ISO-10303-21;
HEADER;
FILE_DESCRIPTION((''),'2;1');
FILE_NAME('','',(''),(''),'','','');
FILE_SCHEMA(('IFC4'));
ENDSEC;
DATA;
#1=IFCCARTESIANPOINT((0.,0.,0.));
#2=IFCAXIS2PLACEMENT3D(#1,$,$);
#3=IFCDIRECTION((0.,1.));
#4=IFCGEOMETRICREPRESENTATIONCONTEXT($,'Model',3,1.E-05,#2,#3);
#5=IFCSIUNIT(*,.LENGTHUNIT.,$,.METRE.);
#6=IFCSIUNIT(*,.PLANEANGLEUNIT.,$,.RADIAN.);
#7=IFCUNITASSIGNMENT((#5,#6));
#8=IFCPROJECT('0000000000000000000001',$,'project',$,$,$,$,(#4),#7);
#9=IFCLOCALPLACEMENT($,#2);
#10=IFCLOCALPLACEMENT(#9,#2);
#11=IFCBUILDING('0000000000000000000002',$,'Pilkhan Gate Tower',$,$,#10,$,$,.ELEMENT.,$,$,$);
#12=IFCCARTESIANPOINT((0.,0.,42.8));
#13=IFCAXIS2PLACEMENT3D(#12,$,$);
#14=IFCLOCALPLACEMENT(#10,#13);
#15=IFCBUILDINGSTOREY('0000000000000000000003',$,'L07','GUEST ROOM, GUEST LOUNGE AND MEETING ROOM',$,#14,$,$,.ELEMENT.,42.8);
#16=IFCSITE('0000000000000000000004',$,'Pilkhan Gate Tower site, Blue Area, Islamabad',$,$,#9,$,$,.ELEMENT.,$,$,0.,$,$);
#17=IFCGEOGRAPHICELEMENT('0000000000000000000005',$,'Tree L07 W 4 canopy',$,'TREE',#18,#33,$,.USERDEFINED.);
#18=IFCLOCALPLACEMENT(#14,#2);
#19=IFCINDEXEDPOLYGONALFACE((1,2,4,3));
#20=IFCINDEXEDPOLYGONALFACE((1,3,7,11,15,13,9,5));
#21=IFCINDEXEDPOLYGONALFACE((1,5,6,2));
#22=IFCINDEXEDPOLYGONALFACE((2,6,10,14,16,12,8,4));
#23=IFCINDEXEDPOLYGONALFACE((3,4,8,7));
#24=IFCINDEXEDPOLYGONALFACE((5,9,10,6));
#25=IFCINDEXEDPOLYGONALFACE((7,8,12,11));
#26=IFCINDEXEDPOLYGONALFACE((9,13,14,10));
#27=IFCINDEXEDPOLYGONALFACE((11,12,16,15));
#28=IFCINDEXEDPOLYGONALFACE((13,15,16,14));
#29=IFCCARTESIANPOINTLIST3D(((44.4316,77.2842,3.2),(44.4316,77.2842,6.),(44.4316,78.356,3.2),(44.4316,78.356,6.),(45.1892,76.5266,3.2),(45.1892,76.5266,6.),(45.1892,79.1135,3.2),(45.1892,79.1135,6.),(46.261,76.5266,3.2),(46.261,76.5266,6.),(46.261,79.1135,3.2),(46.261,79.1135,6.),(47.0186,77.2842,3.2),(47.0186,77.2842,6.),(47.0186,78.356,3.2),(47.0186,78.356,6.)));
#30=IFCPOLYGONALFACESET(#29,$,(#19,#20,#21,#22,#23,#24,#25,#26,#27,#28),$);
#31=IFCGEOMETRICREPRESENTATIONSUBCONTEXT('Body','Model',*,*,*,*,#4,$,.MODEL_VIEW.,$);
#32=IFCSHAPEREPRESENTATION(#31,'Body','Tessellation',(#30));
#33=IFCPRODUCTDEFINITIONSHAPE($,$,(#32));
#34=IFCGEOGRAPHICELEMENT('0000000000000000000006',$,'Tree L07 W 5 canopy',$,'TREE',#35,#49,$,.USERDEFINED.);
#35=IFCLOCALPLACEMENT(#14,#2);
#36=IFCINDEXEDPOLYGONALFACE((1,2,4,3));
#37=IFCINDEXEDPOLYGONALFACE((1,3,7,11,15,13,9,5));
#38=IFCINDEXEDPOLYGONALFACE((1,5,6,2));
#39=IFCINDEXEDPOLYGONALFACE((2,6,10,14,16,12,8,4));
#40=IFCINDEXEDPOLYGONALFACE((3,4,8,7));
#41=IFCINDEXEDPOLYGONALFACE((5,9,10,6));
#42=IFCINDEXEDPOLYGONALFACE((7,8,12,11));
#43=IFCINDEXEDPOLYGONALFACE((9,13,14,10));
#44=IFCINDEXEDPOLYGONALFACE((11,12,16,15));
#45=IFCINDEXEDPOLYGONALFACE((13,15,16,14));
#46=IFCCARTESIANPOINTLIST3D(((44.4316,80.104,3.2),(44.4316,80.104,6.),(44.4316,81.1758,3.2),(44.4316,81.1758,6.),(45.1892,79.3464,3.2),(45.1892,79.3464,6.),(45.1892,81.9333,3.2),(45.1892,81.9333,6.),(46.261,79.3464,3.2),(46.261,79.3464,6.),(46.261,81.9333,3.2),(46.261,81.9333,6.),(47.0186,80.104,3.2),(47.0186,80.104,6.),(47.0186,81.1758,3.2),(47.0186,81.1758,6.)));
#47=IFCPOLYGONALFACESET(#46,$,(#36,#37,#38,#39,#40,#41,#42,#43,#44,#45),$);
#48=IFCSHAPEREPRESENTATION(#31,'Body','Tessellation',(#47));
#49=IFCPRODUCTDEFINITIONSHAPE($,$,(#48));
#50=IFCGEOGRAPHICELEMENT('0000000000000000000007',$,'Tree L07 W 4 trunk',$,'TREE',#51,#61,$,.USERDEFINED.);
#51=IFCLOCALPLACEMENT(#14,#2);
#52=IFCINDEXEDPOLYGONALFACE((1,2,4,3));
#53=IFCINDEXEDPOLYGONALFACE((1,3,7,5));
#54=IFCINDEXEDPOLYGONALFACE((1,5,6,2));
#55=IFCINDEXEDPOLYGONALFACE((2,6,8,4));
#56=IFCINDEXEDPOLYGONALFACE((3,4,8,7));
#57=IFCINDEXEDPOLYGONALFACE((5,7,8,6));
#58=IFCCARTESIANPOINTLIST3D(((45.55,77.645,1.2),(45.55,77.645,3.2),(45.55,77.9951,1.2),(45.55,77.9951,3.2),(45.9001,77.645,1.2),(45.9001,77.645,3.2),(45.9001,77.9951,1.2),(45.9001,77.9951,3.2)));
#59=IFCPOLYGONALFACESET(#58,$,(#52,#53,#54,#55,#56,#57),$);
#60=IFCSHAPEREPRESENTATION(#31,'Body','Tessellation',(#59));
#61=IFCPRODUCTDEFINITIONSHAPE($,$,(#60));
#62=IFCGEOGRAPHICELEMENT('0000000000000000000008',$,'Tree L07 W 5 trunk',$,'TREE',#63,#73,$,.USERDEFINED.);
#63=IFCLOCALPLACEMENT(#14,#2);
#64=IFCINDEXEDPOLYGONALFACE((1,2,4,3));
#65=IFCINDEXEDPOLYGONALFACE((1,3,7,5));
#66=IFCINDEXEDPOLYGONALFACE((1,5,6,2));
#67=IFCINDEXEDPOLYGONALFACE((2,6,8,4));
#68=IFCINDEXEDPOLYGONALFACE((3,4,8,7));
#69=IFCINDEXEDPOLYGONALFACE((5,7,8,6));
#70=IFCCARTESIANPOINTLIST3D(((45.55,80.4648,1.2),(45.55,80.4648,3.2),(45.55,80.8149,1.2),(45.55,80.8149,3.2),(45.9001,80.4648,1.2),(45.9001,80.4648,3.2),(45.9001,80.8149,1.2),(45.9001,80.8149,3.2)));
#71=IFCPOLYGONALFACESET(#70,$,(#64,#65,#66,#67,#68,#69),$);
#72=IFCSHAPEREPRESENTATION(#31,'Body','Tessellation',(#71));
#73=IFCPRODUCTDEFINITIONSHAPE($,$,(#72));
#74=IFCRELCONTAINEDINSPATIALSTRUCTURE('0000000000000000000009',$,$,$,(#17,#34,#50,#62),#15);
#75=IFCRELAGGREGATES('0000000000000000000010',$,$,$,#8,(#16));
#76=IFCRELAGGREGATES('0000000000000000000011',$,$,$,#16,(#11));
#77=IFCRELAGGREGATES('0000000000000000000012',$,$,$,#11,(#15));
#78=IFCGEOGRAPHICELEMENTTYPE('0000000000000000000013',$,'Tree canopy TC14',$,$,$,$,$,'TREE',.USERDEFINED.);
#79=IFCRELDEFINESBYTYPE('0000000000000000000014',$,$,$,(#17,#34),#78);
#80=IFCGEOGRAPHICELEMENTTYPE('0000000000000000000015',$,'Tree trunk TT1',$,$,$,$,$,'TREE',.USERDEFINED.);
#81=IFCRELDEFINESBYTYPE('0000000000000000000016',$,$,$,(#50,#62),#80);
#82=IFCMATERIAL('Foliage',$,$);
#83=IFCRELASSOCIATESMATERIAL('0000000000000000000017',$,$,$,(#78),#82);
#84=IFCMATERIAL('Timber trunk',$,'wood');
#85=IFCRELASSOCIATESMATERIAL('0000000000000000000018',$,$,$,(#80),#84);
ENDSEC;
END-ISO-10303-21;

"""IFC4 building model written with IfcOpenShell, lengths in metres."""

from ifc_helpers import new_model, si_unit, direction, frame, origin, origin_2d, place, context, subcontext, project, spatial, polyline, rectangle, outline, extrude, material, material_profile, profile_set, type_object, element, save


model = new_model("IFC4")

# Units and contexts
model_context = context("Model", 3, precision=1e-05, world=origin(), true_north=direction((0.0, 1.0)))
body_context = subcontext(model_context, "Body", "Model", "MODEL_VIEW")
ifc_project = project(units=[si_unit("LENGTHUNIT", "METRE"), si_unit("PLANEANGLEUNIT", "RADIAN")], contexts=[model_context])

# Site, building, storey
site_placement = place(None, origin())
site = spatial("IfcSite", under=ifc_project, at=site_placement, Name="Pilkhan Gate Tower site, Blue Area, Islamabad", CompositionType="ELEMENT", RefElevation=0.0)
building_placement = place(site_placement, origin())
building = spatial("IfcBuilding", under=site, at=building_placement, Name="Pilkhan Gate Tower", CompositionType="ELEMENT")
storey_placement = place(building_placement, frame((0.0, 0.0, 42.8)))
storey = spatial("IfcBuildingStorey", under=building, at=storey_placement, Name="L07", Description="GUEST ROOM, GUEST LOUNGE AND MEETING ROOM", CompositionType="ELEMENT", Elevation=42.8)

# Geographic elements
ifc_material_1 = material(Name="Foliage")
ifc_material_profile_1 = material_profile(ifc_material_1, outline(polyline([(1.2935, 0.5359), (0.5359, 1.2935), (-0.5359, 1.2935), (-1.2935, 0.5359), (-1.2935, -0.5359), (-0.5359, -1.2935), (0.5359, -1.2935), (1.2935, -0.5359), (1.2935, 0.5359)])), Name="Canopy D2.8")
ifc_profile_set_1 = profile_set([ifc_material_profile_1], Name="Foliage")
geographic_element_type_1 = type_object("IfcGeographicElementType", Name="Tree canopy TC14", ElementType="TREE", PredefinedType="USERDEFINED", material=ifc_profile_set_1)
for number, where, z_axis, x_axis, name in (
    (1, (45.7251, 77.8201, 3.2), (0.0, 0.0, 1.0), (1.0, 0.0, 0.0), "Tree L07 W 4 canopy"),
    (2, (45.7251, 80.6399, 3.2), (0.0, 0.0, 1.0), (1.0, 0.0, 0.0), "Tree L07 W 5 canopy"),
):
    element("IfcGeographicElement", number, at=place(storey_placement, frame(where, z_axis=z_axis, x_axis=x_axis)), inside=storey, type_object=geographic_element_type_1, Name=name, ObjectType="TREE", PredefinedType="USERDEFINED", context=body_context, shape_type="SweptSolid", body=[
        extrude(outline(polyline([(1.2935, 0.5359), (0.5359, 1.2935), (-0.5359, 1.2935), (-1.2935, 0.5359), (-1.2935, -0.5359), (-0.5359, -1.2935), (0.5359, -1.2935), (1.2935, -0.5359), (1.2935, 0.5359)])), origin(), (0.0, 0.0, 1.0), 2.8),
    ])
ifc_material_2 = material(Name="Timber trunk", Category="wood")
geographic_element_type_2 = type_object("IfcGeographicElementType", Name="Tree trunk TT1", ElementType="TREE", PredefinedType="USERDEFINED", material=ifc_material_2)
for number, where, z_axis, x_axis, name in (
    (3, (45.7251, 77.8201, 1.2), (0.0, 0.0, 1.0), (1.0, 0.0, 0.0), "Tree L07 W 4 trunk"),
    (4, (45.7251, 80.6399, 1.2), (0.0, 0.0, 1.0), (1.0, 0.0, 0.0), "Tree L07 W 5 trunk"),
):
    element("IfcGeographicElement", number, at=place(storey_placement, frame(where, z_axis=z_axis, x_axis=x_axis)), inside=storey, type_object=geographic_element_type_2, Name=name, ObjectType="TREE", PredefinedType="USERDEFINED", context=body_context, shape_type="SweptSolid", body=[
        extrude(rectangle(XDim=0.3501, YDim=0.3501, at=origin_2d()), origin(), (0.0, 0.0, 1.0), 2.0),
    ])

save(model, "model.ifc")
